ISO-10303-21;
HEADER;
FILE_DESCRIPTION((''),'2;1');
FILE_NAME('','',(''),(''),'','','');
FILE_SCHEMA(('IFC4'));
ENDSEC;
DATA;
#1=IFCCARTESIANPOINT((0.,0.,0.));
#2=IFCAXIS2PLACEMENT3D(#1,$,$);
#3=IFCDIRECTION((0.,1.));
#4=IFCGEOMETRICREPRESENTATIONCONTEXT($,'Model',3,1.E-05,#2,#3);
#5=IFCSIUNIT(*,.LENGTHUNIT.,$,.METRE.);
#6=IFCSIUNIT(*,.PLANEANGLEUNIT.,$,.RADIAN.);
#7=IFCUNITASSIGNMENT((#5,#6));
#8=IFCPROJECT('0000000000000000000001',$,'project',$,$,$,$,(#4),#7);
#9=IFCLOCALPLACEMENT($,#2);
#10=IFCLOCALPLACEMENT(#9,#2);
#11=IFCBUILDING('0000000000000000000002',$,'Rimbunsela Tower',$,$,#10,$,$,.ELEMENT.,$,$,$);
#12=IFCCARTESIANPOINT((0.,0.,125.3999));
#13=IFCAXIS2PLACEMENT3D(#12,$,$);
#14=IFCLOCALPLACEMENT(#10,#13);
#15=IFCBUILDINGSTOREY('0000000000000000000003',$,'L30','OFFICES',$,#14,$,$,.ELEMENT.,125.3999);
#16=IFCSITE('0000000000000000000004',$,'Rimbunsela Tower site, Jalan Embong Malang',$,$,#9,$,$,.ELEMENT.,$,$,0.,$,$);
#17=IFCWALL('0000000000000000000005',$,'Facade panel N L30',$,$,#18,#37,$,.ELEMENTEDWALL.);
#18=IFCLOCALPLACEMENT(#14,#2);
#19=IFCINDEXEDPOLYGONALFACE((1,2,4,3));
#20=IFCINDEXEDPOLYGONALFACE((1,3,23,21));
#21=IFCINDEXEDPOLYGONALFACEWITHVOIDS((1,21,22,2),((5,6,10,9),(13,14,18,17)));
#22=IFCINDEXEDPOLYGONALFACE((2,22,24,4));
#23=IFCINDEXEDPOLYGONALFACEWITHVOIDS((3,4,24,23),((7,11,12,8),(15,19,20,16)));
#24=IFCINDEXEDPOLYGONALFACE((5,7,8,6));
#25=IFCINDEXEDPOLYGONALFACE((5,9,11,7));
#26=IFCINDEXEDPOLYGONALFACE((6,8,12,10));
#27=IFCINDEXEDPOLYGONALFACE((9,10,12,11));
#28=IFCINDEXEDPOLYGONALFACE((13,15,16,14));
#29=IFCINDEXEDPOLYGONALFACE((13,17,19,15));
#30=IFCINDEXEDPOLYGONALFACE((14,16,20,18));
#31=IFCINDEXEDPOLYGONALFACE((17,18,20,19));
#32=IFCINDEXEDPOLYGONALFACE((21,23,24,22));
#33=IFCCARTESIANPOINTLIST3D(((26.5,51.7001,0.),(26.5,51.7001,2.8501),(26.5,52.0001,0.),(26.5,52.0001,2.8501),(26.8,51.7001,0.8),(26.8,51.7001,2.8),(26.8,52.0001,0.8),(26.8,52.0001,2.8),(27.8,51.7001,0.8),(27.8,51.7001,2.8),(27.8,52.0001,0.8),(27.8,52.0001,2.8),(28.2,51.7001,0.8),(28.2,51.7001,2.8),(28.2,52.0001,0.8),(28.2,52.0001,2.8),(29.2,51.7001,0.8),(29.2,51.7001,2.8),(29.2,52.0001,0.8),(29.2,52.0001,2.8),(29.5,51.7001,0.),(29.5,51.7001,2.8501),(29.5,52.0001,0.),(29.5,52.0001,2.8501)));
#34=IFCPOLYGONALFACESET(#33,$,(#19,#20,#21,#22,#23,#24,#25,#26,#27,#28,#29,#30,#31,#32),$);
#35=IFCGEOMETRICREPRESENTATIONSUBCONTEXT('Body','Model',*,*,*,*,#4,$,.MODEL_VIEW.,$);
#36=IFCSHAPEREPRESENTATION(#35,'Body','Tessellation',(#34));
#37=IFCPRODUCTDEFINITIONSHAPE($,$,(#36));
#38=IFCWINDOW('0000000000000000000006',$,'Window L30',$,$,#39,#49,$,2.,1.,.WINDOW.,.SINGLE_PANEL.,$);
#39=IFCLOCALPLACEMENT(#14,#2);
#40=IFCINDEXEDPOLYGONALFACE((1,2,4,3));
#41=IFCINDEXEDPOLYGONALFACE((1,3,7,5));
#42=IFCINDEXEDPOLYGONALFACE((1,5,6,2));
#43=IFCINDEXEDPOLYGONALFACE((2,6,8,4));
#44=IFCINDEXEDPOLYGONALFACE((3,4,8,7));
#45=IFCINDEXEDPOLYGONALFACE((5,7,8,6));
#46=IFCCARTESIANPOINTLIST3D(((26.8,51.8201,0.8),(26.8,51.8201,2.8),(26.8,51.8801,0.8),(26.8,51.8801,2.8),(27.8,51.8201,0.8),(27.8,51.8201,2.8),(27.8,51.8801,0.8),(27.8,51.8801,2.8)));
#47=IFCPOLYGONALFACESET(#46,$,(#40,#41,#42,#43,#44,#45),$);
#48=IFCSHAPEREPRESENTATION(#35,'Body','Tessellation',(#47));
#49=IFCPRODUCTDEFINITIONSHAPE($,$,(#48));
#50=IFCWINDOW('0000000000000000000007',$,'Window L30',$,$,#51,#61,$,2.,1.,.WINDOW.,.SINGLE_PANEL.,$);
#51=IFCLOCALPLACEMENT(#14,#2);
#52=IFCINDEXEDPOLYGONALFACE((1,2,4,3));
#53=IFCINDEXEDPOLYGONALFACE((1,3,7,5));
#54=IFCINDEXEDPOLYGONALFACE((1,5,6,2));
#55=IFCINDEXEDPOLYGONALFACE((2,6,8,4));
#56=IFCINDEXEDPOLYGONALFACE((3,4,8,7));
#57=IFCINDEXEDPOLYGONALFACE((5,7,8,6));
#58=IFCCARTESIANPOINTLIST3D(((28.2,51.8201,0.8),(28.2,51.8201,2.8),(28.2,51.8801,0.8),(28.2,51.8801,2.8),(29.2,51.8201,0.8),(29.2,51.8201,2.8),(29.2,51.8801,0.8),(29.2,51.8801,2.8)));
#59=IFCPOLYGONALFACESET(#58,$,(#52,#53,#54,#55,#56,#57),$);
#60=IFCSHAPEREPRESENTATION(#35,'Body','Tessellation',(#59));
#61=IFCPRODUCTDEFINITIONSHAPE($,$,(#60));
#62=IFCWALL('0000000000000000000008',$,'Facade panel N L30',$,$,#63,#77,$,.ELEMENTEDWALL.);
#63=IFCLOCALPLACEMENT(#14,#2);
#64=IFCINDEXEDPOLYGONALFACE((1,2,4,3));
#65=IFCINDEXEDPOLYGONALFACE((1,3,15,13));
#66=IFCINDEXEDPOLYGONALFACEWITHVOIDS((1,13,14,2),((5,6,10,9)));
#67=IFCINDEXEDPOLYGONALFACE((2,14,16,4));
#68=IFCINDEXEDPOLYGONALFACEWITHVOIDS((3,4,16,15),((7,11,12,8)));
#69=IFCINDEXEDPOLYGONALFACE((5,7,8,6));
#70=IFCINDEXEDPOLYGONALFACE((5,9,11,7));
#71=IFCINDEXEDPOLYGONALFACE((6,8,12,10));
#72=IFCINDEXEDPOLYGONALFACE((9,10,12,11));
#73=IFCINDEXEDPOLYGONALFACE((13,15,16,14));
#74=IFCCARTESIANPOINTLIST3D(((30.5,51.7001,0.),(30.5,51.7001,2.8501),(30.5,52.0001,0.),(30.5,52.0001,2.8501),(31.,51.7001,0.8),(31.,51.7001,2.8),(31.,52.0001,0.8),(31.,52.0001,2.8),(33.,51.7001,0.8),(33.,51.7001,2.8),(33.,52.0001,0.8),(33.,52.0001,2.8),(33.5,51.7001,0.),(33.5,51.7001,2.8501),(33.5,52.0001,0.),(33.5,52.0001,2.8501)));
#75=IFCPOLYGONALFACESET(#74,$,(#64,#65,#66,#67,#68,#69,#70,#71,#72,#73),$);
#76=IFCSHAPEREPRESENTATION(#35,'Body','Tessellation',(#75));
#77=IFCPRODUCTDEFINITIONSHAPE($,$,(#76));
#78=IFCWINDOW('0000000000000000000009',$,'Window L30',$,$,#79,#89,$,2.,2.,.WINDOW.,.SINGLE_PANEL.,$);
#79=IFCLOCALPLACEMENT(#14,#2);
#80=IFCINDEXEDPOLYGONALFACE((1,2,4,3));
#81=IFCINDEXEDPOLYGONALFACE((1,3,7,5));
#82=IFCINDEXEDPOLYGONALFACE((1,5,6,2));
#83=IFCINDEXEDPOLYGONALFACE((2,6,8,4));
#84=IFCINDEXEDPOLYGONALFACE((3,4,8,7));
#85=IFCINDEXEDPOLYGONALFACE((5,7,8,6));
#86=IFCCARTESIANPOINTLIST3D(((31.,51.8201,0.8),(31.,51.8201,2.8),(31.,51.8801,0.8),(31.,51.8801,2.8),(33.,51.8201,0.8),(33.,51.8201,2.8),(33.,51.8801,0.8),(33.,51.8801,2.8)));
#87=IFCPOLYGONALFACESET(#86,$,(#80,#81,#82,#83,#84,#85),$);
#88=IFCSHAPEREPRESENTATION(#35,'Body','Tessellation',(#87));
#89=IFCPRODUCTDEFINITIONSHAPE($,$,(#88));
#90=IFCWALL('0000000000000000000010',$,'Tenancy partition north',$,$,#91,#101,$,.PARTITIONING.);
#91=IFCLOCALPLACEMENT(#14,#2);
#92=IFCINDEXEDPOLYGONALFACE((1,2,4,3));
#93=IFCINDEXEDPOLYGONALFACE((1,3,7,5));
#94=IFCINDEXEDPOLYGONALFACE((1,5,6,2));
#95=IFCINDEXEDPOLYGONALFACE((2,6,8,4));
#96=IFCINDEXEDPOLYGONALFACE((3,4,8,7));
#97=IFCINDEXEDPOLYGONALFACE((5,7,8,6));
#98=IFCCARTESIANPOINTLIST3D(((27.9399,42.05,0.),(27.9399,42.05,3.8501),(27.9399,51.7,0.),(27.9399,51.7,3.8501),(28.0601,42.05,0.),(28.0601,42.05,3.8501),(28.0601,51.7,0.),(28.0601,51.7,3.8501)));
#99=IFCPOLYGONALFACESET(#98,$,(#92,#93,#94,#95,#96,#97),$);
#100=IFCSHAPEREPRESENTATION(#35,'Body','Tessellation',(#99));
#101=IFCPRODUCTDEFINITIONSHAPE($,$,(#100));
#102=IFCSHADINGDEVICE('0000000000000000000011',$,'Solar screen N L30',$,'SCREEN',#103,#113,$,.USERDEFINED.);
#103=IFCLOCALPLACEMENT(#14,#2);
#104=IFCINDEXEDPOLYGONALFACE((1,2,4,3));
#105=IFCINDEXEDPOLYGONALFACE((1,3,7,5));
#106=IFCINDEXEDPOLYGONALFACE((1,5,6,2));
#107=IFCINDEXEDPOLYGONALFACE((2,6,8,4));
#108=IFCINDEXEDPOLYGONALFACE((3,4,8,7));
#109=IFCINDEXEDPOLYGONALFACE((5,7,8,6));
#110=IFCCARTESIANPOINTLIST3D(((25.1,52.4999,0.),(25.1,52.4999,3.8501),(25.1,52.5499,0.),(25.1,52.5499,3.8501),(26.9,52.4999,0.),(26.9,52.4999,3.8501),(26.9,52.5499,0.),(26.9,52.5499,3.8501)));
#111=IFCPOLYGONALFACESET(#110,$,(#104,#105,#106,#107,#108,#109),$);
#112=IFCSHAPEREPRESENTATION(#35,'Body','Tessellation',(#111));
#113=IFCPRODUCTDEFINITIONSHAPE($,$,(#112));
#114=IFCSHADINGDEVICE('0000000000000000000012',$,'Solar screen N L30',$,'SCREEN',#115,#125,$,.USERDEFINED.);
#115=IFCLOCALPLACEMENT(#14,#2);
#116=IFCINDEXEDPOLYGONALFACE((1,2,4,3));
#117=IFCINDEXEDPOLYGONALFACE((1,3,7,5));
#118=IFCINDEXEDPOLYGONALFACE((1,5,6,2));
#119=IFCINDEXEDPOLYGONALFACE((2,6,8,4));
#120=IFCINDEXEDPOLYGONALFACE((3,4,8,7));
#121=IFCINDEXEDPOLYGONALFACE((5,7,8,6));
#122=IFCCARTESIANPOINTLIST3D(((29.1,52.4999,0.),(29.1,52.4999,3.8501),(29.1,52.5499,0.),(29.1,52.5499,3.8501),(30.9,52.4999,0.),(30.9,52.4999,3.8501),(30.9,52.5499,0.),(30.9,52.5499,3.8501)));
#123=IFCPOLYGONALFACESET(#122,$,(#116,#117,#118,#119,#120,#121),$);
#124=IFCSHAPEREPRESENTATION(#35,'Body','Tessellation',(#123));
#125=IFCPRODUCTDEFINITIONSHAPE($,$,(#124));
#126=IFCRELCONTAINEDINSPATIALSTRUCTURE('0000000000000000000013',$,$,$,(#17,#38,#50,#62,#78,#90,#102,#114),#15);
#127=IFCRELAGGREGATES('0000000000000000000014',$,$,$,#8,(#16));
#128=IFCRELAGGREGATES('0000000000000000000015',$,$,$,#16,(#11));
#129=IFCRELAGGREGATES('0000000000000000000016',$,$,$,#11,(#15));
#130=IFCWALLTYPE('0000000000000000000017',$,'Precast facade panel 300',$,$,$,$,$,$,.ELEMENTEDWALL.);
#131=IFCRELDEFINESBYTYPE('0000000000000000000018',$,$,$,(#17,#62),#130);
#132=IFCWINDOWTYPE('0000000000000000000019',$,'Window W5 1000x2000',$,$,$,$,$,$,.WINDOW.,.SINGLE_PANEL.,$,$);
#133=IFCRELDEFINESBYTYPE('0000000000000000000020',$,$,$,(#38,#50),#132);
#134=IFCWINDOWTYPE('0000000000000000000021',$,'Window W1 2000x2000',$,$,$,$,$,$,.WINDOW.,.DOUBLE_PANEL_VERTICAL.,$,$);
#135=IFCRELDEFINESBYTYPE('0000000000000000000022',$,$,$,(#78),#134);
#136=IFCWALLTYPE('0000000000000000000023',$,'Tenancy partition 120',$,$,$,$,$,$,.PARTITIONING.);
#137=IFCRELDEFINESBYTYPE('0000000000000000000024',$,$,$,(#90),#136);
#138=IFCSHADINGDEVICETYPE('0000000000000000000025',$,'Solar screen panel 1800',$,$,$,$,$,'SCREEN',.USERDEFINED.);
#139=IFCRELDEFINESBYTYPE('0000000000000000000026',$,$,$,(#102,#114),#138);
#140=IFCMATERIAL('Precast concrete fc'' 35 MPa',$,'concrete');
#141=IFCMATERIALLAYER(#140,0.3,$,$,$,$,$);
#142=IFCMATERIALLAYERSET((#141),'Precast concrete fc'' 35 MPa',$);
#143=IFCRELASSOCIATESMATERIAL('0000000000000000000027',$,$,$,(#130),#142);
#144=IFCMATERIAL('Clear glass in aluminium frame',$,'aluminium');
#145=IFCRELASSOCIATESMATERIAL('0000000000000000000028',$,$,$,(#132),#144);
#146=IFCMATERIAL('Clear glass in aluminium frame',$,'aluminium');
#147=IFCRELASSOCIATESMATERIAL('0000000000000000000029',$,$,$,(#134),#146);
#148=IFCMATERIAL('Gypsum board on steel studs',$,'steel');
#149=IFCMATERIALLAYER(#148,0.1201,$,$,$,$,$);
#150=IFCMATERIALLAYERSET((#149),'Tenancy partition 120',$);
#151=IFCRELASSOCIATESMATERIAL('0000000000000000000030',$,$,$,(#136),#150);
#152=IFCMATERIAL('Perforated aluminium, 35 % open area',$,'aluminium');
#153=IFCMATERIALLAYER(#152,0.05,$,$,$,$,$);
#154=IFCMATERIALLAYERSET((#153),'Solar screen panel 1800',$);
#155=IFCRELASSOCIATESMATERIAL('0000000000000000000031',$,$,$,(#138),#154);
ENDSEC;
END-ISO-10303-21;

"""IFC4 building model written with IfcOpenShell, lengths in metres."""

from ifc_helpers import new_model, si_unit, direction, frame, frame_2d, origin, origin_2d, place, context, subcontext, project, spatial, rectangle, extrude, material, layer, layer_set, type_object, element, fill, save


model = new_model("IFC4")

# Units and contexts
model_context = context("Model", 3, precision=1e-05, world=origin(), true_north=direction((0.0, 1.0)))
body_context = subcontext(model_context, "Body", "Model", "MODEL_VIEW")
ifc_project = project(units=[si_unit("LENGTHUNIT", "METRE"), si_unit("PLANEANGLEUNIT", "RADIAN")], contexts=[model_context])

# Site, building, storey
site_placement = place(None, origin())
site = spatial("IfcSite", under=ifc_project, at=site_placement, Name="Rimbunsela Tower site, Jalan Embong Malang", CompositionType="ELEMENT", RefElevation=0.0)
building_placement = place(site_placement, origin())
building = spatial("IfcBuilding", under=site, at=building_placement, Name="Rimbunsela Tower", CompositionType="ELEMENT")
storey_placement = place(building_placement, frame((0.0, 0.0, 125.3999)))
storey = spatial("IfcBuildingStorey", under=building, at=storey_placement, Name="L30", Description="OFFICES", CompositionType="ELEMENT", Elevation=125.3999)

# Wall, openings, windows
ifc_material_1 = material(Name="Precast concrete fc' 35 MPa", Category="concrete")
ifc_layer_1 = layer(ifc_material_1, 0.3)
ifc_layer_set_1 = layer_set([ifc_layer_1], Name="Precast concrete fc' 35 MPa")
wall_type_1 = type_object("IfcWallType", Name="Precast facade panel 300", PredefinedType="ELEMENTEDWALL", material=ifc_layer_set_1)
wall_1_placement = place(storey_placement, frame((29.5, 51.8501, 0.0), z_axis=(0.0, 0.0, 1.0), x_axis=(-1.0, 0.0, 0.0)))
wall_1 = element("IfcWall", 1, at=wall_1_placement, inside=storey, type_object=wall_type_1, Name="Facade panel N L30", PredefinedType="ELEMENTEDWALL", context=body_context, shape_type="SweptSolid", body=[
    extrude(rectangle(XDim=3.0, YDim=0.3, at=frame_2d((1.5, 0.0))), origin(), (0.0, 0.0, 1.0), 2.8501),
])
opening_1_placement = place(wall_1_placement, frame((1.7, 0.0, 0.8)))
opening_1 = element("IfcOpeningElement", 2, at=opening_1_placement, cuts=wall_1, PredefinedType="OPENING", context=body_context, shape_type="SweptSolid", body=[
    extrude(rectangle(XDim=1.0, YDim=2.0, at=frame_2d((0.5, 1.0))), frame((0.0, 0.1599, 0.0), z_axis=(0.0, -1.0, 0.0), x_axis=(1.0, 0.0, 0.0)), (0.0, 0.0, 1.0), 0.3201),
])
opening_2_placement = place(wall_1_placement, frame((0.3, 0.0, 0.8)))
opening_2 = element("IfcOpeningElement", 3, at=opening_2_placement, cuts=wall_1, PredefinedType="OPENING", context=body_context, shape_type="SweptSolid", body=[
    extrude(rectangle(XDim=1.0, YDim=2.0, at=frame_2d((0.5, 1.0))), frame((0.0, 0.1599, 0.0), z_axis=(0.0, -1.0, 0.0), x_axis=(1.0, 0.0, 0.0)), (0.0, 0.0, 1.0), 0.3201),
])
ifc_material_2 = material(Name="Clear glass in aluminium frame", Category="aluminium")
window_type_1 = type_object("IfcWindowType", Name="Window W5 1000x2000", PartitioningType="SINGLE_PANEL", PredefinedType="WINDOW", material=ifc_material_2)
window_1_placement = place(opening_1_placement, origin())
window_1 = element("IfcWindow", 4, at=window_1_placement, inside=storey, type_object=window_type_1, Name="Window L30", OverallHeight=2.0, OverallWidth=1.0, PartitioningType="SINGLE_PANEL", PredefinedType="WINDOW", context=body_context, shape_type="SweptSolid", body=[
    extrude(rectangle(XDim=1.0, YDim=2.0, at=frame_2d((0.5, 1.0))), frame((0.0, 0.03, 0.0), z_axis=(0.0, -1.0, 0.0), x_axis=(1.0, 0.0, 0.0)), (0.0, 0.0, 1.0), 0.0601),
])
fill(opening_1, window_1)
window_2_placement = place(opening_2_placement, origin())
window_2 = element("IfcWindow", 5, at=window_2_placement, inside=storey, type_object=window_type_1, Name="Window L30", OverallHeight=2.0, OverallWidth=1.0, PartitioningType="SINGLE_PANEL", PredefinedType="WINDOW", context=body_context, shape_type="SweptSolid", body=[
    extrude(rectangle(XDim=1.0, YDim=2.0, at=frame_2d((0.5, 1.0))), frame((0.0, 0.03, 0.0), z_axis=(0.0, -1.0, 0.0), x_axis=(1.0, 0.0, 0.0)), (0.0, 0.0, 1.0), 0.0601),
])
fill(opening_2, window_2)

# Wall, opening, window
wall_2_placement = place(storey_placement, frame((33.5, 51.8501, 0.0), z_axis=(0.0, 0.0, 1.0), x_axis=(-1.0, 0.0, 0.0)))
wall_2 = element("IfcWall", 6, at=wall_2_placement, inside=storey, type_object=wall_type_1, Name="Facade panel N L30", PredefinedType="ELEMENTEDWALL", context=body_context, shape_type="SweptSolid", body=[
    extrude(rectangle(XDim=3.0, YDim=0.3, at=frame_2d((1.5, 0.0))), origin(), (0.0, 0.0, 1.0), 2.8501),
])
opening_3_placement = place(wall_2_placement, frame((0.5, 0.0, 0.8)))
opening_3 = element("IfcOpeningElement", 7, at=opening_3_placement, cuts=wall_2, PredefinedType="OPENING", context=body_context, shape_type="SweptSolid", body=[
    extrude(rectangle(XDim=2.0, YDim=2.0, at=frame_2d((1.0, 1.0))), frame((0.0, 0.1599, 0.0), z_axis=(0.0, -1.0, 0.0), x_axis=(1.0, 0.0, 0.0)), (0.0, 0.0, 1.0), 0.3201),
])
ifc_material_3 = material(Name="Clear glass in aluminium frame", Category="aluminium")
window_type_2 = type_object("IfcWindowType", Name="Window W1 2000x2000", PartitioningType="DOUBLE_PANEL_VERTICAL", PredefinedType="WINDOW", material=ifc_material_3)
window_3_placement = place(opening_3_placement, origin())
window_3 = element("IfcWindow", 8, at=window_3_placement, inside=storey, type_object=window_type_2, Name="Window L30", OverallHeight=2.0, OverallWidth=2.0, PartitioningType="SINGLE_PANEL", PredefinedType="WINDOW", context=body_context, shape_type="SweptSolid", body=[
    extrude(rectangle(XDim=2.0, YDim=2.0, at=frame_2d((1.0, 1.0))), frame((0.0, 0.03, 0.0), z_axis=(0.0, -1.0, 0.0), x_axis=(1.0, 0.0, 0.0)), (0.0, 0.0, 1.0), 0.0601),
])
fill(opening_3, window_3)

# Wall
ifc_material_4 = material(Name="Gypsum board on steel studs", Category="steel")
ifc_layer_2 = layer(ifc_material_4, 0.1201)
ifc_layer_set_2 = layer_set([ifc_layer_2], Name="Tenancy partition 120")
wall_type_2 = type_object("IfcWallType", Name="Tenancy partition 120", PredefinedType="PARTITIONING", material=ifc_layer_set_2)
wall_3_placement = place(storey_placement, frame((28.0, 42.05, 0.0), z_axis=(0.0, 0.0, 1.0), x_axis=(0.0, 1.0, 0.0)))
element("IfcWall", 9, at=wall_3_placement, inside=storey, type_object=wall_type_2, Name="Tenancy partition north", PredefinedType="PARTITIONING", context=body_context, shape_type="SweptSolid", body=[
    extrude(rectangle(XDim=9.6499, YDim=0.1201, at=frame_2d((4.825, 0.0))), origin(), (0.0, 0.0, 1.0), 3.8501),
])

# Shading devices
ifc_material_5 = material(Name="Perforated aluminium, 35 % open area", Category="aluminium")
ifc_layer_3 = layer(ifc_material_5, 0.05)
ifc_layer_set_3 = layer_set([ifc_layer_3], Name="Solar screen panel 1800")
shading_device_type = type_object("IfcShadingDeviceType", Name="Solar screen panel 1800", ElementType="SCREEN", PredefinedType="USERDEFINED", material=ifc_layer_set_3)
for number, where, z_axis, x_axis, name in (
    (10, (26.0, 52.5249, 0.0), (0.0, 0.0, 1.0), (1.0, 0.0, 0.0), "Solar screen N L30"),
    (11, (30.0, 52.5249, 0.0), (0.0, 0.0, 1.0), (1.0, 0.0, 0.0), "Solar screen N L30"),
):
    element("IfcShadingDevice", number, at=place(storey_placement, frame(where, z_axis=z_axis, x_axis=x_axis)), inside=storey, type_object=shading_device_type, Name=name, ObjectType="SCREEN", PredefinedType="USERDEFINED", context=body_context, shape_type="SweptSolid", body=[
        extrude(rectangle(XDim=1.8, YDim=0.05, at=origin_2d()), origin(), (0.0, 0.0, 1.0), 3.8501),
    ])

save(model, "model.ifc")
